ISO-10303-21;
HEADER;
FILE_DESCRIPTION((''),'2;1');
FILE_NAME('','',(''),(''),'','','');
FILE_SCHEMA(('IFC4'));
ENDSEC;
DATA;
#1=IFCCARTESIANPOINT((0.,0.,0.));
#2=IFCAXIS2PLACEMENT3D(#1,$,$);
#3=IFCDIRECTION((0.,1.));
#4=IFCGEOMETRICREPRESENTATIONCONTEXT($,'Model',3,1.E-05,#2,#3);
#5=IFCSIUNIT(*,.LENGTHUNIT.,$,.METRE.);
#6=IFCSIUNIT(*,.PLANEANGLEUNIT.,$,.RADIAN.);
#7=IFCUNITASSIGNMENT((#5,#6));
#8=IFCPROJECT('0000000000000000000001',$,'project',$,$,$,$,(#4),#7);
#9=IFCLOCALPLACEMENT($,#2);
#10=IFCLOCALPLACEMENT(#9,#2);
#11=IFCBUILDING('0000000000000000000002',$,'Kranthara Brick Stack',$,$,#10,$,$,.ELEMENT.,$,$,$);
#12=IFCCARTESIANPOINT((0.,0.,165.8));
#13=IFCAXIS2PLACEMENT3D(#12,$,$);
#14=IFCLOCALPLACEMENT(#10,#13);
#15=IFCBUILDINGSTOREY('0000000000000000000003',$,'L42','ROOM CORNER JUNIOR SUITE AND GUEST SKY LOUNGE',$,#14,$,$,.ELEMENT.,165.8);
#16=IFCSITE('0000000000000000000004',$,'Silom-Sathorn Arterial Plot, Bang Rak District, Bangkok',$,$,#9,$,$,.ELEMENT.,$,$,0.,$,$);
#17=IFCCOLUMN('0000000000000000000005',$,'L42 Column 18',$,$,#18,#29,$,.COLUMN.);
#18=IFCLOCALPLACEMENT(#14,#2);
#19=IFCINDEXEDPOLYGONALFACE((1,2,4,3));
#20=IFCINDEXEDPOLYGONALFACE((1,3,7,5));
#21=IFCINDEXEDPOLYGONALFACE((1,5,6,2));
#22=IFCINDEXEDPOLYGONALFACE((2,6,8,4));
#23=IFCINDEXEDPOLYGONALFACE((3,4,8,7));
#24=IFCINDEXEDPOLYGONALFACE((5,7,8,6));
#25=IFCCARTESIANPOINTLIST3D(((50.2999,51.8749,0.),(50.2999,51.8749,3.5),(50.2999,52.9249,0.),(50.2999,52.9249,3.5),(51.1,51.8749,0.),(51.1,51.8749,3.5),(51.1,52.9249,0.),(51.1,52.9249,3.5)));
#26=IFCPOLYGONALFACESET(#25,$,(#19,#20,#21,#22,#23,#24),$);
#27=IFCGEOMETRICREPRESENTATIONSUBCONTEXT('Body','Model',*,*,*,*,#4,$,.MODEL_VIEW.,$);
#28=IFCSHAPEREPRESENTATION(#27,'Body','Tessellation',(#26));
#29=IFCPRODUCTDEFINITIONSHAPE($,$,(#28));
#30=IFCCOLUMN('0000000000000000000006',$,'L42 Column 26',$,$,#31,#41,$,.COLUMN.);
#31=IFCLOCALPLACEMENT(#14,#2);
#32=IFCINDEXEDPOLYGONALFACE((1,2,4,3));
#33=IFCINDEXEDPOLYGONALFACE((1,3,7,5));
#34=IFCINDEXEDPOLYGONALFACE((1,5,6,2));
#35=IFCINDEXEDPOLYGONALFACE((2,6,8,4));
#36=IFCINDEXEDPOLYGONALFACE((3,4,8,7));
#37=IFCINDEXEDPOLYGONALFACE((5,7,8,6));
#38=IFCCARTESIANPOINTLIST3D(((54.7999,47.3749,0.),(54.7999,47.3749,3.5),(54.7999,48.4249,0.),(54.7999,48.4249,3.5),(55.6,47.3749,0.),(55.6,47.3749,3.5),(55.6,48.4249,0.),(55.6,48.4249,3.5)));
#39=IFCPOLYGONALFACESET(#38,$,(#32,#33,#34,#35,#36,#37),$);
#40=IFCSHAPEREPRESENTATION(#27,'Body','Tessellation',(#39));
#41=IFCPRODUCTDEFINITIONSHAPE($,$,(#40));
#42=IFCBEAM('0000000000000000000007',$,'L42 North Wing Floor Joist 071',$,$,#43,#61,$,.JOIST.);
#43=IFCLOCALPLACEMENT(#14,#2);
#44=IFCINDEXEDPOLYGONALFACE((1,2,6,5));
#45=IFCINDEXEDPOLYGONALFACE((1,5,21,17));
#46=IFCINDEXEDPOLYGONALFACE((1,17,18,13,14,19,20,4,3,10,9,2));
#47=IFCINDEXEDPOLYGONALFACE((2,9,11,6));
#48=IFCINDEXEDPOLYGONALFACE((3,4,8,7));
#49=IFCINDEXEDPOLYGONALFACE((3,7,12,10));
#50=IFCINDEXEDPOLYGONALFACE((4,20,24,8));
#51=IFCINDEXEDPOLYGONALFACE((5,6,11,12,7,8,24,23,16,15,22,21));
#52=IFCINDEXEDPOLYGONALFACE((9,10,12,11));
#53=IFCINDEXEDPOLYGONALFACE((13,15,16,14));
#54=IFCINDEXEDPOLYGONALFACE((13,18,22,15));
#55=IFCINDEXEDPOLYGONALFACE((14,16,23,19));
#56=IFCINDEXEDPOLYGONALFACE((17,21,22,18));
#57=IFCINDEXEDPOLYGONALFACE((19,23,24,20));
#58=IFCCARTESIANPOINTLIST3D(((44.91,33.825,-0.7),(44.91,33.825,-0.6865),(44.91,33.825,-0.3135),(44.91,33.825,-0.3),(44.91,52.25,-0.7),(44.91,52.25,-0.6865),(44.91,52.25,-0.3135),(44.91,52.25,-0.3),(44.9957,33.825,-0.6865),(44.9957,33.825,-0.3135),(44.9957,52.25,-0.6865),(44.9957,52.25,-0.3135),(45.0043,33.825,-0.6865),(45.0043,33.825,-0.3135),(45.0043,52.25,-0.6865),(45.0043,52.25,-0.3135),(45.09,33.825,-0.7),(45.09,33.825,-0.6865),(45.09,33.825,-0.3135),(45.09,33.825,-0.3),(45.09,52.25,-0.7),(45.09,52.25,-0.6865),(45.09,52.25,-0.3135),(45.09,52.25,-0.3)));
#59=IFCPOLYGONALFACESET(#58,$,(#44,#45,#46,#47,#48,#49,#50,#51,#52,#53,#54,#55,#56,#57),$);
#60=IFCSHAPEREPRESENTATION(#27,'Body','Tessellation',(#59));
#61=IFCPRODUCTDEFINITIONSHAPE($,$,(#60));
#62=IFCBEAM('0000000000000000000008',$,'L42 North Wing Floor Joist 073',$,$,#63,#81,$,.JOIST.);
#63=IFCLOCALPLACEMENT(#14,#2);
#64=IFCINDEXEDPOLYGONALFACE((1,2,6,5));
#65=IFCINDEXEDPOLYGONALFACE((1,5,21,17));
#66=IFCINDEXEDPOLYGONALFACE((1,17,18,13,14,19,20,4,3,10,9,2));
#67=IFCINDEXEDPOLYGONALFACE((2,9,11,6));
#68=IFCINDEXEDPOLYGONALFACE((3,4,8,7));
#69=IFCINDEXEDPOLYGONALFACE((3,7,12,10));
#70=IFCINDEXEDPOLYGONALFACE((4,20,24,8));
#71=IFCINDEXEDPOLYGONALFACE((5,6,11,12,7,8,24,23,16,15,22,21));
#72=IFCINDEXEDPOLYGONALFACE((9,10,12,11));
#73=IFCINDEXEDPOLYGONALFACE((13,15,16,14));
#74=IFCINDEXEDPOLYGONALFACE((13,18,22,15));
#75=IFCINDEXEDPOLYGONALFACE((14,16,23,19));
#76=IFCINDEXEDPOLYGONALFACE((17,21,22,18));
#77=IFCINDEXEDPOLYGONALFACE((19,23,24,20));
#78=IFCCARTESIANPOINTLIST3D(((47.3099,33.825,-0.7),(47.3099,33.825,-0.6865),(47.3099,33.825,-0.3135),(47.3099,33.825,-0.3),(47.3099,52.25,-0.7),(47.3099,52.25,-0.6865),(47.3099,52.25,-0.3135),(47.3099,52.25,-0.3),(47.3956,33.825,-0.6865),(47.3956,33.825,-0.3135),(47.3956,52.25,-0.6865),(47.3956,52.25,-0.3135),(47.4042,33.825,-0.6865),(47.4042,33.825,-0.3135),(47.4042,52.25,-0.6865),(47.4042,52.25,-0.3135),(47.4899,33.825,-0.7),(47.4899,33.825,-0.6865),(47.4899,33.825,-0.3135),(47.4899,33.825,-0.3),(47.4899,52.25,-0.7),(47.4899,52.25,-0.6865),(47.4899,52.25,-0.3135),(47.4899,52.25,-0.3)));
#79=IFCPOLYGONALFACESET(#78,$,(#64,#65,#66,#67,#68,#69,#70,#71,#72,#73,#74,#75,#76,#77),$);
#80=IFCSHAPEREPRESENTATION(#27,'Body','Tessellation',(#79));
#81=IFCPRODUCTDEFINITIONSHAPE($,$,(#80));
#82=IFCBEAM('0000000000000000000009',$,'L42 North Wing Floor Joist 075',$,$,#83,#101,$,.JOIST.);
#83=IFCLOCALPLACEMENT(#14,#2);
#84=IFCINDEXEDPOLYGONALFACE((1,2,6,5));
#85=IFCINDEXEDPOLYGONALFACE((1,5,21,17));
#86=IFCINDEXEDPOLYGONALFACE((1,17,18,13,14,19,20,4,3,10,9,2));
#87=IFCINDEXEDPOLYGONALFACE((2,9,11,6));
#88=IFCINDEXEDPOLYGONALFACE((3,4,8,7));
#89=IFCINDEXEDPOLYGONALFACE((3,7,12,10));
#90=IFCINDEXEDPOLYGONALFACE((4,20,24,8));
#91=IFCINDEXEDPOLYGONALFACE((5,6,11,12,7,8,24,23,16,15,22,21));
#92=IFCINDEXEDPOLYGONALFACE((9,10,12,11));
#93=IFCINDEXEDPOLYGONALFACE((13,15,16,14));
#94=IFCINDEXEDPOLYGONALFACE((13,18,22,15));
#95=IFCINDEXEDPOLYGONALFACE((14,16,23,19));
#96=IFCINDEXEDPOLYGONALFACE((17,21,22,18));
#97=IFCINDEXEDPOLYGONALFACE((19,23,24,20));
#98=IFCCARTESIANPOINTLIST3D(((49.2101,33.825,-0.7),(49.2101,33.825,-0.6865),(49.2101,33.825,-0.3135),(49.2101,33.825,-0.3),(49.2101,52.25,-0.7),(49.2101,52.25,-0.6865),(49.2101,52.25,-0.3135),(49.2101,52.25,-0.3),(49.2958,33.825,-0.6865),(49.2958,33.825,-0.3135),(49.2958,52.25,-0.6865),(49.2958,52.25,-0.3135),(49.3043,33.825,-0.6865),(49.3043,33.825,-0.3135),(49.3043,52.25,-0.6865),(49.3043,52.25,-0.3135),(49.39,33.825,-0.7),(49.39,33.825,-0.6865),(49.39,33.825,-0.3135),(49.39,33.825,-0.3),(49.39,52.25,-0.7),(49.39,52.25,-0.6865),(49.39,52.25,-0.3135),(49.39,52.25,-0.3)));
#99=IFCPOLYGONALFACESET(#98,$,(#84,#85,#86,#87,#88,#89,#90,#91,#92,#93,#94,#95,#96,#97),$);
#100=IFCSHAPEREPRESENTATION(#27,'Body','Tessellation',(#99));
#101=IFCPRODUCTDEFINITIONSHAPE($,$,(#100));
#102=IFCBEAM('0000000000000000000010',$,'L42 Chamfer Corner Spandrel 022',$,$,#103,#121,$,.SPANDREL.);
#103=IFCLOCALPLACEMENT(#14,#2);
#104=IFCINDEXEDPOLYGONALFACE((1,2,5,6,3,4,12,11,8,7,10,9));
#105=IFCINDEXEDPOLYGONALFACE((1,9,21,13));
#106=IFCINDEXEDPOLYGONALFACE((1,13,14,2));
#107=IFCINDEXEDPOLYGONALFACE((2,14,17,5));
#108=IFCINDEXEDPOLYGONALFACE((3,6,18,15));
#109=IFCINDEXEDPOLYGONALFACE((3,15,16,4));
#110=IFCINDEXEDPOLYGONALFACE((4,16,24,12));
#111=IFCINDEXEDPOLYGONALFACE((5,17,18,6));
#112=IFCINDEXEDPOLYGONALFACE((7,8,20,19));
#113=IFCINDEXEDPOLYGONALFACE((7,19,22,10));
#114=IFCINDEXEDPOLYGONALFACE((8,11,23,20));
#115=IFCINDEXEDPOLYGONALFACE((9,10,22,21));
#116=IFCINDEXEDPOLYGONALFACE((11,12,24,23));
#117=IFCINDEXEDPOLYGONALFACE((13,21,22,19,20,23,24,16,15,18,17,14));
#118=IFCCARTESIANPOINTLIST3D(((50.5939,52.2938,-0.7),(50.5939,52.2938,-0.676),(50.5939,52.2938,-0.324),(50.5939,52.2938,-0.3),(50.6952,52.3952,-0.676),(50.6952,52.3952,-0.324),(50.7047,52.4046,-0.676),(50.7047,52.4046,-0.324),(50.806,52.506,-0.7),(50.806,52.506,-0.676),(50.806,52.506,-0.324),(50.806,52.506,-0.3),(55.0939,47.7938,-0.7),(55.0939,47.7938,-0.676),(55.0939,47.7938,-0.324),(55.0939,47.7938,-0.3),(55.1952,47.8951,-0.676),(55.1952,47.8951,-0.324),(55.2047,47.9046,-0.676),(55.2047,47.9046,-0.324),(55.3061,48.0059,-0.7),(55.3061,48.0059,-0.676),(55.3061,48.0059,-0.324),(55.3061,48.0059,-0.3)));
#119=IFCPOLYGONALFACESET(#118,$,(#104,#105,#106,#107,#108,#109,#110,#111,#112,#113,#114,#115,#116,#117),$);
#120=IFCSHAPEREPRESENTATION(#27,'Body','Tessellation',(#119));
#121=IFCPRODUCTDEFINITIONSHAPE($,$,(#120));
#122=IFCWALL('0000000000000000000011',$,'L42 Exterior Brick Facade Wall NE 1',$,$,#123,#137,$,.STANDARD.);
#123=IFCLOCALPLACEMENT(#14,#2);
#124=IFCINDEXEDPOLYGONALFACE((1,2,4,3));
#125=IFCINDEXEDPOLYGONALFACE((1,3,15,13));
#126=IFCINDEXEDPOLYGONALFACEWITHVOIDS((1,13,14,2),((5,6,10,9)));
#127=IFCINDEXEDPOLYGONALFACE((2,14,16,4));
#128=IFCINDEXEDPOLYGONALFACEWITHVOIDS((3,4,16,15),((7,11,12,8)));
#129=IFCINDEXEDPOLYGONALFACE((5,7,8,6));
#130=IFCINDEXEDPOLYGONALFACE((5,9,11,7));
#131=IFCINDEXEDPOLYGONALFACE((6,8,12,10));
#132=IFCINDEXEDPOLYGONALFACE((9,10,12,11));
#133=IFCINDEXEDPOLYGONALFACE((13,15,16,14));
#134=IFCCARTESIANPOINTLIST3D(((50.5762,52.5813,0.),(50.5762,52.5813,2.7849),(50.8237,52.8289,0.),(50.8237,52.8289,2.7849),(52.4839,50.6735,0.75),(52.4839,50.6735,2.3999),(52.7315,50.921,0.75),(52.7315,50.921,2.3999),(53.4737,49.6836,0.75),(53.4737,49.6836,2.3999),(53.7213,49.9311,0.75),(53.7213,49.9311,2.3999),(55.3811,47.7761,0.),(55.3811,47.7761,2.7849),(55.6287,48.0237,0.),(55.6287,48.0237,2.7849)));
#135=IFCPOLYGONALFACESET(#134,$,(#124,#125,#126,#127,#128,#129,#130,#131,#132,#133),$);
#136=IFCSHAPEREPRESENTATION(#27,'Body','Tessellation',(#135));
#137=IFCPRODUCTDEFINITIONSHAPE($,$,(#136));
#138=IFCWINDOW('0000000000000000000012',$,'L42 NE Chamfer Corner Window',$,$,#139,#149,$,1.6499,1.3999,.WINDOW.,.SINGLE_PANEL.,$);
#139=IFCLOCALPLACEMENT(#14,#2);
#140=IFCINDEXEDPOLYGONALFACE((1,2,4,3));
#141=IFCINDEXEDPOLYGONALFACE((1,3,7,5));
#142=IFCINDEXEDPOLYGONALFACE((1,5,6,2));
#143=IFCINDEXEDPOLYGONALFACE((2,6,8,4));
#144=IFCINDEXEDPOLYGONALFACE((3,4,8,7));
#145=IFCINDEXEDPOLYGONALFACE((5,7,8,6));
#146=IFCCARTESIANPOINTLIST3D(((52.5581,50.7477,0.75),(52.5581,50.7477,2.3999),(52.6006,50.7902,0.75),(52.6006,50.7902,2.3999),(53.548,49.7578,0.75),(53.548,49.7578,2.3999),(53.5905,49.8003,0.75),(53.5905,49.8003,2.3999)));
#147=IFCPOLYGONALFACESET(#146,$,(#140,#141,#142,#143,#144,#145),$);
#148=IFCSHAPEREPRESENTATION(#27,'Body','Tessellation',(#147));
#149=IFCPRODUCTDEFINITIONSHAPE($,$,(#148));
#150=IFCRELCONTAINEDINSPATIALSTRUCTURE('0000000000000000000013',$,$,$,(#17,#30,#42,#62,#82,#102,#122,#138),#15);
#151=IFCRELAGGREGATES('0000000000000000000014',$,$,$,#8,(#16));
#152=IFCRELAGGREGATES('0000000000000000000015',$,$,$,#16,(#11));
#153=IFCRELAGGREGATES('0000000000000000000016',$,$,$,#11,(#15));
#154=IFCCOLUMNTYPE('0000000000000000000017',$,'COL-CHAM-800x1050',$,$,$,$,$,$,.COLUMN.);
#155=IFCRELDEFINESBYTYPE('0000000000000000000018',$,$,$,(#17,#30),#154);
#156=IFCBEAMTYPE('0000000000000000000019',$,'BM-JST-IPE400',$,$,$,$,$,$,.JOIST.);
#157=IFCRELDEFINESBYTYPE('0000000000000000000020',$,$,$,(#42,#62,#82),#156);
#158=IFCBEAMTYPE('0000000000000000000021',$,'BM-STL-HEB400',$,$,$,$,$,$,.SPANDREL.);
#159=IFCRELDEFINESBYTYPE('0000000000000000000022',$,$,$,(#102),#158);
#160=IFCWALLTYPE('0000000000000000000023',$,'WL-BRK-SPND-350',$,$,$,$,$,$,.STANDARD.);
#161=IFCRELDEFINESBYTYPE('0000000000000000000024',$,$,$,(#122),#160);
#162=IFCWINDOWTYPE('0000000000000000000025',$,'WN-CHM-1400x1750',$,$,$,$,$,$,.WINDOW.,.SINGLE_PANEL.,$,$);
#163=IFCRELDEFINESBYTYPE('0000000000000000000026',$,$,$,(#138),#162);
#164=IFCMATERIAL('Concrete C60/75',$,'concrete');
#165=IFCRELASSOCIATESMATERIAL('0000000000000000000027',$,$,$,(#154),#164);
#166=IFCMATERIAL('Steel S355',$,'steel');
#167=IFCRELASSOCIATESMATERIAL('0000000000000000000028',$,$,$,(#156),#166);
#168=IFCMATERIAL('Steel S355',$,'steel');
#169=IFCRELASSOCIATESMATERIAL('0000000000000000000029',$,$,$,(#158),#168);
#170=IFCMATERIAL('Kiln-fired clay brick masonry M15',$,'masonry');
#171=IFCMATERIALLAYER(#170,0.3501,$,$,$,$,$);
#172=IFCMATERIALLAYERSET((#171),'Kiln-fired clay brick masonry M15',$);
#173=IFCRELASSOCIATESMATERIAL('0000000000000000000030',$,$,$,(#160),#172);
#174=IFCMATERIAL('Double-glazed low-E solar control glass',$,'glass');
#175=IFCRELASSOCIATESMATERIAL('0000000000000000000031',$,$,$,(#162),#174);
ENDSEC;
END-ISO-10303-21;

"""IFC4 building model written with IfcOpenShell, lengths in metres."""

from ifc_helpers import new_model, si_unit, direction, frame, frame_2d, origin, origin_2d, place, context, subcontext, project, spatial, rectangle, i_section, extrude, material, layer, layer_set, material_profile, profile_set, type_object, element, fill, save


model = new_model("IFC4")

# Units and contexts
model_context = context("Model", 3, precision=1e-05, world=origin(), true_north=direction((0.0, 1.0)))
body_context = subcontext(model_context, "Body", "Model", "MODEL_VIEW")
ifc_project = project(units=[si_unit("LENGTHUNIT", "METRE"), si_unit("PLANEANGLEUNIT", "RADIAN")], contexts=[model_context])

# Site, building, storey
site_placement = place(None, origin())
site = spatial("IfcSite", under=ifc_project, at=site_placement, Name="Silom-Sathorn Arterial Plot, Bang Rak District, Bangkok", CompositionType="ELEMENT", RefElevation=0.0)
building_placement = place(site_placement, origin())
building = spatial("IfcBuilding", under=site, at=building_placement, Name="Kranthara Brick Stack", CompositionType="ELEMENT")
storey_placement = place(building_placement, frame((0.0, 0.0, 165.8)))
storey = spatial("IfcBuildingStorey", under=building, at=storey_placement, Name="L42", Description="ROOM CORNER JUNIOR SUITE AND GUEST SKY LOUNGE", CompositionType="ELEMENT", Elevation=165.8)

# Columns
ifc_material_1 = material(Name="Concrete C60/75", Category="concrete")
ifc_material_profile_1 = material_profile(ifc_material_1, rectangle(XDim=0.8, YDim=1.05, at=origin_2d()), Name="RC 800x1050")
ifc_profile_set_1 = profile_set([ifc_material_profile_1], Name="Concrete C60/75")
column_type = type_object("IfcColumnType", Name="COL-CHAM-800x1050", PredefinedType="COLUMN", material=ifc_profile_set_1)
for number, where, z_axis, x_axis, name in (
    (1, (50.7, 52.3999, 0.0), (0.0, 0.0, 1.0), (1.0, 0.0, 0.0), "L42 Column 18"),
    (2, (55.2, 47.8999, 0.0), (0.0, 0.0, 1.0), (1.0, 0.0, 0.0), "L42 Column 26"),
):
    element("IfcColumn", number, at=place(storey_placement, frame(where, z_axis=z_axis, x_axis=x_axis)), inside=storey, type_object=column_type, Name=name, PredefinedType="COLUMN", context=body_context, shape_type="SweptSolid", body=[
        extrude(rectangle(XDim=0.8, YDim=1.05, at=origin_2d()), origin(), (0.0, 0.0, 1.0), 3.5),
    ])

# Beams
ifc_material_2 = material(Name="Steel S355", Category="steel")
ifc_material_profile_2 = material_profile(ifc_material_2, i_section(OverallWidth=0.1799, OverallDepth=0.3999, WebThickness=0.0085, FlangeThickness=0.0134, at=origin_2d()), Name="IPE 400")
ifc_profile_set_2 = profile_set([ifc_material_profile_2], Name="Steel S355")
beam_type_1 = type_object("IfcBeamType", Name="BM-JST-IPE400", PredefinedType="JOIST", material=ifc_profile_set_2)
for number, where, z_axis, x_axis, name in (
    (3, (45.0, 33.825, -0.5), (0.0, 1.0, 0.0), (-1.0, 0.0, 0.0), "L42 North Wing Floor Joist 071"),
    (4, (47.3999, 33.825, -0.5), (0.0, 1.0, 0.0), (-1.0, 0.0, 0.0), "L42 North Wing Floor Joist 073"),
    (5, (49.3, 33.825, -0.5), (0.0, 1.0, 0.0), (-1.0, 0.0, 0.0), "L42 North Wing Floor Joist 075"),
):
    element("IfcBeam", number, at=place(storey_placement, frame(where, z_axis=z_axis, x_axis=x_axis)), inside=storey, type_object=beam_type_1, Name=name, PredefinedType="JOIST", context=body_context, shape_type="SweptSolid", body=[
        extrude(i_section(OverallWidth=0.1799, OverallDepth=0.3999, WebThickness=0.0085, FlangeThickness=0.0134, at=origin_2d()), origin(), (0.0, 0.0, 1.0), 18.425),
    ])
ifc_material_3 = material(Name="Steel S355", Category="steel")
ifc_material_profile_3 = material_profile(ifc_material_3, i_section(OverallWidth=0.3, OverallDepth=0.3999, WebThickness=0.0134, FlangeThickness=0.0239, at=origin_2d()), Name="HEB 400")
ifc_profile_set_3 = profile_set([ifc_material_profile_3], Name="Steel S355")
beam_type_2 = type_object("IfcBeamType", Name="BM-STL-HEB400", PredefinedType="SPANDREL", material=ifc_profile_set_3)
beam_placement = place(storey_placement, frame((50.7, 52.3999, -0.5), z_axis=(0.707107, -0.707107, 0.0), x_axis=(0.707107, 0.707107, 0.0)))
element("IfcBeam", 6, at=beam_placement, inside=storey, type_object=beam_type_2, Name="L42 Chamfer Corner Spandrel 022", PredefinedType="SPANDREL", context=body_context, shape_type="SweptSolid", body=[
    extrude(i_section(OverallWidth=0.3, OverallDepth=0.3999, WebThickness=0.0134, FlangeThickness=0.0239, at=origin_2d()), origin(), (0.0, 0.0, 1.0), 6.364),
])

# Wall, opening, window
ifc_material_4 = material(Name="Kiln-fired clay brick masonry M15", Category="masonry")
ifc_layer_1 = layer(ifc_material_4, 0.3501)
ifc_layer_set_1 = layer_set([ifc_layer_1], Name="Kiln-fired clay brick masonry M15")
wall_type_1 = type_object("IfcWallType", Name="WL-BRK-SPND-350", PredefinedType="STANDARD", material=ifc_layer_set_1)
wall_1_placement = place(storey_placement, frame((50.7, 52.7051, 0.0), z_axis=(0.0, 0.0, 1.0), x_axis=(0.707089, -0.707125, 0.0)))
wall_1 = element("IfcWall", 7, at=wall_1_placement, inside=storey, type_object=wall_type_1, Name="L42 Exterior Brick Facade Wall NE 1", PredefinedType="STANDARD", context=body_context, shape_type="SweptSolid", body=[
    extrude(rectangle(XDim=6.7954, YDim=0.3501, at=frame_2d((3.3977, 0.0))), origin(), (0.0, 0.0, 1.0), 2.7849),
])
opening_1_placement = place(wall_1_placement, frame((2.698, 0.0, 0.75)))
opening_1 = element("IfcOpeningElement", 8, at=opening_1_placement, cuts=wall_1, PredefinedType="OPENING", context=body_context, shape_type="SweptSolid", body=[
    extrude(rectangle(XDim=1.3999, YDim=1.6499, at=frame_2d((0.7, 0.825))), frame((0.0, 0.1851, 0.0), z_axis=(0.0, -1.0, 0.0), x_axis=(1.0, 0.0, 0.0)), (0.0, 0.0, 1.0), 0.3701),
])
ifc_material_5 = material(Name="Double-glazed low-E solar control glass", Category="glass")
window_type_1 = type_object("IfcWindowType", Name="WN-CHM-1400x1750", PartitioningType="SINGLE_PANEL", PredefinedType="WINDOW", material=ifc_material_5)
window_1_placement = place(opening_1_placement, origin())
window_1 = element("IfcWindow", 9, at=window_1_placement, inside=storey, type_object=window_type_1, Name="L42 NE Chamfer Corner Window", OverallHeight=1.6499, OverallWidth=1.3999, PartitioningType="SINGLE_PANEL", PredefinedType="WINDOW", context=body_context, shape_type="SweptSolid", body=[
    extrude(rectangle(XDim=1.3999, YDim=1.6499, at=frame_2d((0.7, 0.825))), frame((0.0, -0.01, 0.0), z_axis=(0.0, -1.0, 0.0), x_axis=(1.0, 0.0, 0.0)), (0.0, 0.0, 1.0), 0.0601),
])
fill(opening_1, window_1)

save(model, "model.ifc")
